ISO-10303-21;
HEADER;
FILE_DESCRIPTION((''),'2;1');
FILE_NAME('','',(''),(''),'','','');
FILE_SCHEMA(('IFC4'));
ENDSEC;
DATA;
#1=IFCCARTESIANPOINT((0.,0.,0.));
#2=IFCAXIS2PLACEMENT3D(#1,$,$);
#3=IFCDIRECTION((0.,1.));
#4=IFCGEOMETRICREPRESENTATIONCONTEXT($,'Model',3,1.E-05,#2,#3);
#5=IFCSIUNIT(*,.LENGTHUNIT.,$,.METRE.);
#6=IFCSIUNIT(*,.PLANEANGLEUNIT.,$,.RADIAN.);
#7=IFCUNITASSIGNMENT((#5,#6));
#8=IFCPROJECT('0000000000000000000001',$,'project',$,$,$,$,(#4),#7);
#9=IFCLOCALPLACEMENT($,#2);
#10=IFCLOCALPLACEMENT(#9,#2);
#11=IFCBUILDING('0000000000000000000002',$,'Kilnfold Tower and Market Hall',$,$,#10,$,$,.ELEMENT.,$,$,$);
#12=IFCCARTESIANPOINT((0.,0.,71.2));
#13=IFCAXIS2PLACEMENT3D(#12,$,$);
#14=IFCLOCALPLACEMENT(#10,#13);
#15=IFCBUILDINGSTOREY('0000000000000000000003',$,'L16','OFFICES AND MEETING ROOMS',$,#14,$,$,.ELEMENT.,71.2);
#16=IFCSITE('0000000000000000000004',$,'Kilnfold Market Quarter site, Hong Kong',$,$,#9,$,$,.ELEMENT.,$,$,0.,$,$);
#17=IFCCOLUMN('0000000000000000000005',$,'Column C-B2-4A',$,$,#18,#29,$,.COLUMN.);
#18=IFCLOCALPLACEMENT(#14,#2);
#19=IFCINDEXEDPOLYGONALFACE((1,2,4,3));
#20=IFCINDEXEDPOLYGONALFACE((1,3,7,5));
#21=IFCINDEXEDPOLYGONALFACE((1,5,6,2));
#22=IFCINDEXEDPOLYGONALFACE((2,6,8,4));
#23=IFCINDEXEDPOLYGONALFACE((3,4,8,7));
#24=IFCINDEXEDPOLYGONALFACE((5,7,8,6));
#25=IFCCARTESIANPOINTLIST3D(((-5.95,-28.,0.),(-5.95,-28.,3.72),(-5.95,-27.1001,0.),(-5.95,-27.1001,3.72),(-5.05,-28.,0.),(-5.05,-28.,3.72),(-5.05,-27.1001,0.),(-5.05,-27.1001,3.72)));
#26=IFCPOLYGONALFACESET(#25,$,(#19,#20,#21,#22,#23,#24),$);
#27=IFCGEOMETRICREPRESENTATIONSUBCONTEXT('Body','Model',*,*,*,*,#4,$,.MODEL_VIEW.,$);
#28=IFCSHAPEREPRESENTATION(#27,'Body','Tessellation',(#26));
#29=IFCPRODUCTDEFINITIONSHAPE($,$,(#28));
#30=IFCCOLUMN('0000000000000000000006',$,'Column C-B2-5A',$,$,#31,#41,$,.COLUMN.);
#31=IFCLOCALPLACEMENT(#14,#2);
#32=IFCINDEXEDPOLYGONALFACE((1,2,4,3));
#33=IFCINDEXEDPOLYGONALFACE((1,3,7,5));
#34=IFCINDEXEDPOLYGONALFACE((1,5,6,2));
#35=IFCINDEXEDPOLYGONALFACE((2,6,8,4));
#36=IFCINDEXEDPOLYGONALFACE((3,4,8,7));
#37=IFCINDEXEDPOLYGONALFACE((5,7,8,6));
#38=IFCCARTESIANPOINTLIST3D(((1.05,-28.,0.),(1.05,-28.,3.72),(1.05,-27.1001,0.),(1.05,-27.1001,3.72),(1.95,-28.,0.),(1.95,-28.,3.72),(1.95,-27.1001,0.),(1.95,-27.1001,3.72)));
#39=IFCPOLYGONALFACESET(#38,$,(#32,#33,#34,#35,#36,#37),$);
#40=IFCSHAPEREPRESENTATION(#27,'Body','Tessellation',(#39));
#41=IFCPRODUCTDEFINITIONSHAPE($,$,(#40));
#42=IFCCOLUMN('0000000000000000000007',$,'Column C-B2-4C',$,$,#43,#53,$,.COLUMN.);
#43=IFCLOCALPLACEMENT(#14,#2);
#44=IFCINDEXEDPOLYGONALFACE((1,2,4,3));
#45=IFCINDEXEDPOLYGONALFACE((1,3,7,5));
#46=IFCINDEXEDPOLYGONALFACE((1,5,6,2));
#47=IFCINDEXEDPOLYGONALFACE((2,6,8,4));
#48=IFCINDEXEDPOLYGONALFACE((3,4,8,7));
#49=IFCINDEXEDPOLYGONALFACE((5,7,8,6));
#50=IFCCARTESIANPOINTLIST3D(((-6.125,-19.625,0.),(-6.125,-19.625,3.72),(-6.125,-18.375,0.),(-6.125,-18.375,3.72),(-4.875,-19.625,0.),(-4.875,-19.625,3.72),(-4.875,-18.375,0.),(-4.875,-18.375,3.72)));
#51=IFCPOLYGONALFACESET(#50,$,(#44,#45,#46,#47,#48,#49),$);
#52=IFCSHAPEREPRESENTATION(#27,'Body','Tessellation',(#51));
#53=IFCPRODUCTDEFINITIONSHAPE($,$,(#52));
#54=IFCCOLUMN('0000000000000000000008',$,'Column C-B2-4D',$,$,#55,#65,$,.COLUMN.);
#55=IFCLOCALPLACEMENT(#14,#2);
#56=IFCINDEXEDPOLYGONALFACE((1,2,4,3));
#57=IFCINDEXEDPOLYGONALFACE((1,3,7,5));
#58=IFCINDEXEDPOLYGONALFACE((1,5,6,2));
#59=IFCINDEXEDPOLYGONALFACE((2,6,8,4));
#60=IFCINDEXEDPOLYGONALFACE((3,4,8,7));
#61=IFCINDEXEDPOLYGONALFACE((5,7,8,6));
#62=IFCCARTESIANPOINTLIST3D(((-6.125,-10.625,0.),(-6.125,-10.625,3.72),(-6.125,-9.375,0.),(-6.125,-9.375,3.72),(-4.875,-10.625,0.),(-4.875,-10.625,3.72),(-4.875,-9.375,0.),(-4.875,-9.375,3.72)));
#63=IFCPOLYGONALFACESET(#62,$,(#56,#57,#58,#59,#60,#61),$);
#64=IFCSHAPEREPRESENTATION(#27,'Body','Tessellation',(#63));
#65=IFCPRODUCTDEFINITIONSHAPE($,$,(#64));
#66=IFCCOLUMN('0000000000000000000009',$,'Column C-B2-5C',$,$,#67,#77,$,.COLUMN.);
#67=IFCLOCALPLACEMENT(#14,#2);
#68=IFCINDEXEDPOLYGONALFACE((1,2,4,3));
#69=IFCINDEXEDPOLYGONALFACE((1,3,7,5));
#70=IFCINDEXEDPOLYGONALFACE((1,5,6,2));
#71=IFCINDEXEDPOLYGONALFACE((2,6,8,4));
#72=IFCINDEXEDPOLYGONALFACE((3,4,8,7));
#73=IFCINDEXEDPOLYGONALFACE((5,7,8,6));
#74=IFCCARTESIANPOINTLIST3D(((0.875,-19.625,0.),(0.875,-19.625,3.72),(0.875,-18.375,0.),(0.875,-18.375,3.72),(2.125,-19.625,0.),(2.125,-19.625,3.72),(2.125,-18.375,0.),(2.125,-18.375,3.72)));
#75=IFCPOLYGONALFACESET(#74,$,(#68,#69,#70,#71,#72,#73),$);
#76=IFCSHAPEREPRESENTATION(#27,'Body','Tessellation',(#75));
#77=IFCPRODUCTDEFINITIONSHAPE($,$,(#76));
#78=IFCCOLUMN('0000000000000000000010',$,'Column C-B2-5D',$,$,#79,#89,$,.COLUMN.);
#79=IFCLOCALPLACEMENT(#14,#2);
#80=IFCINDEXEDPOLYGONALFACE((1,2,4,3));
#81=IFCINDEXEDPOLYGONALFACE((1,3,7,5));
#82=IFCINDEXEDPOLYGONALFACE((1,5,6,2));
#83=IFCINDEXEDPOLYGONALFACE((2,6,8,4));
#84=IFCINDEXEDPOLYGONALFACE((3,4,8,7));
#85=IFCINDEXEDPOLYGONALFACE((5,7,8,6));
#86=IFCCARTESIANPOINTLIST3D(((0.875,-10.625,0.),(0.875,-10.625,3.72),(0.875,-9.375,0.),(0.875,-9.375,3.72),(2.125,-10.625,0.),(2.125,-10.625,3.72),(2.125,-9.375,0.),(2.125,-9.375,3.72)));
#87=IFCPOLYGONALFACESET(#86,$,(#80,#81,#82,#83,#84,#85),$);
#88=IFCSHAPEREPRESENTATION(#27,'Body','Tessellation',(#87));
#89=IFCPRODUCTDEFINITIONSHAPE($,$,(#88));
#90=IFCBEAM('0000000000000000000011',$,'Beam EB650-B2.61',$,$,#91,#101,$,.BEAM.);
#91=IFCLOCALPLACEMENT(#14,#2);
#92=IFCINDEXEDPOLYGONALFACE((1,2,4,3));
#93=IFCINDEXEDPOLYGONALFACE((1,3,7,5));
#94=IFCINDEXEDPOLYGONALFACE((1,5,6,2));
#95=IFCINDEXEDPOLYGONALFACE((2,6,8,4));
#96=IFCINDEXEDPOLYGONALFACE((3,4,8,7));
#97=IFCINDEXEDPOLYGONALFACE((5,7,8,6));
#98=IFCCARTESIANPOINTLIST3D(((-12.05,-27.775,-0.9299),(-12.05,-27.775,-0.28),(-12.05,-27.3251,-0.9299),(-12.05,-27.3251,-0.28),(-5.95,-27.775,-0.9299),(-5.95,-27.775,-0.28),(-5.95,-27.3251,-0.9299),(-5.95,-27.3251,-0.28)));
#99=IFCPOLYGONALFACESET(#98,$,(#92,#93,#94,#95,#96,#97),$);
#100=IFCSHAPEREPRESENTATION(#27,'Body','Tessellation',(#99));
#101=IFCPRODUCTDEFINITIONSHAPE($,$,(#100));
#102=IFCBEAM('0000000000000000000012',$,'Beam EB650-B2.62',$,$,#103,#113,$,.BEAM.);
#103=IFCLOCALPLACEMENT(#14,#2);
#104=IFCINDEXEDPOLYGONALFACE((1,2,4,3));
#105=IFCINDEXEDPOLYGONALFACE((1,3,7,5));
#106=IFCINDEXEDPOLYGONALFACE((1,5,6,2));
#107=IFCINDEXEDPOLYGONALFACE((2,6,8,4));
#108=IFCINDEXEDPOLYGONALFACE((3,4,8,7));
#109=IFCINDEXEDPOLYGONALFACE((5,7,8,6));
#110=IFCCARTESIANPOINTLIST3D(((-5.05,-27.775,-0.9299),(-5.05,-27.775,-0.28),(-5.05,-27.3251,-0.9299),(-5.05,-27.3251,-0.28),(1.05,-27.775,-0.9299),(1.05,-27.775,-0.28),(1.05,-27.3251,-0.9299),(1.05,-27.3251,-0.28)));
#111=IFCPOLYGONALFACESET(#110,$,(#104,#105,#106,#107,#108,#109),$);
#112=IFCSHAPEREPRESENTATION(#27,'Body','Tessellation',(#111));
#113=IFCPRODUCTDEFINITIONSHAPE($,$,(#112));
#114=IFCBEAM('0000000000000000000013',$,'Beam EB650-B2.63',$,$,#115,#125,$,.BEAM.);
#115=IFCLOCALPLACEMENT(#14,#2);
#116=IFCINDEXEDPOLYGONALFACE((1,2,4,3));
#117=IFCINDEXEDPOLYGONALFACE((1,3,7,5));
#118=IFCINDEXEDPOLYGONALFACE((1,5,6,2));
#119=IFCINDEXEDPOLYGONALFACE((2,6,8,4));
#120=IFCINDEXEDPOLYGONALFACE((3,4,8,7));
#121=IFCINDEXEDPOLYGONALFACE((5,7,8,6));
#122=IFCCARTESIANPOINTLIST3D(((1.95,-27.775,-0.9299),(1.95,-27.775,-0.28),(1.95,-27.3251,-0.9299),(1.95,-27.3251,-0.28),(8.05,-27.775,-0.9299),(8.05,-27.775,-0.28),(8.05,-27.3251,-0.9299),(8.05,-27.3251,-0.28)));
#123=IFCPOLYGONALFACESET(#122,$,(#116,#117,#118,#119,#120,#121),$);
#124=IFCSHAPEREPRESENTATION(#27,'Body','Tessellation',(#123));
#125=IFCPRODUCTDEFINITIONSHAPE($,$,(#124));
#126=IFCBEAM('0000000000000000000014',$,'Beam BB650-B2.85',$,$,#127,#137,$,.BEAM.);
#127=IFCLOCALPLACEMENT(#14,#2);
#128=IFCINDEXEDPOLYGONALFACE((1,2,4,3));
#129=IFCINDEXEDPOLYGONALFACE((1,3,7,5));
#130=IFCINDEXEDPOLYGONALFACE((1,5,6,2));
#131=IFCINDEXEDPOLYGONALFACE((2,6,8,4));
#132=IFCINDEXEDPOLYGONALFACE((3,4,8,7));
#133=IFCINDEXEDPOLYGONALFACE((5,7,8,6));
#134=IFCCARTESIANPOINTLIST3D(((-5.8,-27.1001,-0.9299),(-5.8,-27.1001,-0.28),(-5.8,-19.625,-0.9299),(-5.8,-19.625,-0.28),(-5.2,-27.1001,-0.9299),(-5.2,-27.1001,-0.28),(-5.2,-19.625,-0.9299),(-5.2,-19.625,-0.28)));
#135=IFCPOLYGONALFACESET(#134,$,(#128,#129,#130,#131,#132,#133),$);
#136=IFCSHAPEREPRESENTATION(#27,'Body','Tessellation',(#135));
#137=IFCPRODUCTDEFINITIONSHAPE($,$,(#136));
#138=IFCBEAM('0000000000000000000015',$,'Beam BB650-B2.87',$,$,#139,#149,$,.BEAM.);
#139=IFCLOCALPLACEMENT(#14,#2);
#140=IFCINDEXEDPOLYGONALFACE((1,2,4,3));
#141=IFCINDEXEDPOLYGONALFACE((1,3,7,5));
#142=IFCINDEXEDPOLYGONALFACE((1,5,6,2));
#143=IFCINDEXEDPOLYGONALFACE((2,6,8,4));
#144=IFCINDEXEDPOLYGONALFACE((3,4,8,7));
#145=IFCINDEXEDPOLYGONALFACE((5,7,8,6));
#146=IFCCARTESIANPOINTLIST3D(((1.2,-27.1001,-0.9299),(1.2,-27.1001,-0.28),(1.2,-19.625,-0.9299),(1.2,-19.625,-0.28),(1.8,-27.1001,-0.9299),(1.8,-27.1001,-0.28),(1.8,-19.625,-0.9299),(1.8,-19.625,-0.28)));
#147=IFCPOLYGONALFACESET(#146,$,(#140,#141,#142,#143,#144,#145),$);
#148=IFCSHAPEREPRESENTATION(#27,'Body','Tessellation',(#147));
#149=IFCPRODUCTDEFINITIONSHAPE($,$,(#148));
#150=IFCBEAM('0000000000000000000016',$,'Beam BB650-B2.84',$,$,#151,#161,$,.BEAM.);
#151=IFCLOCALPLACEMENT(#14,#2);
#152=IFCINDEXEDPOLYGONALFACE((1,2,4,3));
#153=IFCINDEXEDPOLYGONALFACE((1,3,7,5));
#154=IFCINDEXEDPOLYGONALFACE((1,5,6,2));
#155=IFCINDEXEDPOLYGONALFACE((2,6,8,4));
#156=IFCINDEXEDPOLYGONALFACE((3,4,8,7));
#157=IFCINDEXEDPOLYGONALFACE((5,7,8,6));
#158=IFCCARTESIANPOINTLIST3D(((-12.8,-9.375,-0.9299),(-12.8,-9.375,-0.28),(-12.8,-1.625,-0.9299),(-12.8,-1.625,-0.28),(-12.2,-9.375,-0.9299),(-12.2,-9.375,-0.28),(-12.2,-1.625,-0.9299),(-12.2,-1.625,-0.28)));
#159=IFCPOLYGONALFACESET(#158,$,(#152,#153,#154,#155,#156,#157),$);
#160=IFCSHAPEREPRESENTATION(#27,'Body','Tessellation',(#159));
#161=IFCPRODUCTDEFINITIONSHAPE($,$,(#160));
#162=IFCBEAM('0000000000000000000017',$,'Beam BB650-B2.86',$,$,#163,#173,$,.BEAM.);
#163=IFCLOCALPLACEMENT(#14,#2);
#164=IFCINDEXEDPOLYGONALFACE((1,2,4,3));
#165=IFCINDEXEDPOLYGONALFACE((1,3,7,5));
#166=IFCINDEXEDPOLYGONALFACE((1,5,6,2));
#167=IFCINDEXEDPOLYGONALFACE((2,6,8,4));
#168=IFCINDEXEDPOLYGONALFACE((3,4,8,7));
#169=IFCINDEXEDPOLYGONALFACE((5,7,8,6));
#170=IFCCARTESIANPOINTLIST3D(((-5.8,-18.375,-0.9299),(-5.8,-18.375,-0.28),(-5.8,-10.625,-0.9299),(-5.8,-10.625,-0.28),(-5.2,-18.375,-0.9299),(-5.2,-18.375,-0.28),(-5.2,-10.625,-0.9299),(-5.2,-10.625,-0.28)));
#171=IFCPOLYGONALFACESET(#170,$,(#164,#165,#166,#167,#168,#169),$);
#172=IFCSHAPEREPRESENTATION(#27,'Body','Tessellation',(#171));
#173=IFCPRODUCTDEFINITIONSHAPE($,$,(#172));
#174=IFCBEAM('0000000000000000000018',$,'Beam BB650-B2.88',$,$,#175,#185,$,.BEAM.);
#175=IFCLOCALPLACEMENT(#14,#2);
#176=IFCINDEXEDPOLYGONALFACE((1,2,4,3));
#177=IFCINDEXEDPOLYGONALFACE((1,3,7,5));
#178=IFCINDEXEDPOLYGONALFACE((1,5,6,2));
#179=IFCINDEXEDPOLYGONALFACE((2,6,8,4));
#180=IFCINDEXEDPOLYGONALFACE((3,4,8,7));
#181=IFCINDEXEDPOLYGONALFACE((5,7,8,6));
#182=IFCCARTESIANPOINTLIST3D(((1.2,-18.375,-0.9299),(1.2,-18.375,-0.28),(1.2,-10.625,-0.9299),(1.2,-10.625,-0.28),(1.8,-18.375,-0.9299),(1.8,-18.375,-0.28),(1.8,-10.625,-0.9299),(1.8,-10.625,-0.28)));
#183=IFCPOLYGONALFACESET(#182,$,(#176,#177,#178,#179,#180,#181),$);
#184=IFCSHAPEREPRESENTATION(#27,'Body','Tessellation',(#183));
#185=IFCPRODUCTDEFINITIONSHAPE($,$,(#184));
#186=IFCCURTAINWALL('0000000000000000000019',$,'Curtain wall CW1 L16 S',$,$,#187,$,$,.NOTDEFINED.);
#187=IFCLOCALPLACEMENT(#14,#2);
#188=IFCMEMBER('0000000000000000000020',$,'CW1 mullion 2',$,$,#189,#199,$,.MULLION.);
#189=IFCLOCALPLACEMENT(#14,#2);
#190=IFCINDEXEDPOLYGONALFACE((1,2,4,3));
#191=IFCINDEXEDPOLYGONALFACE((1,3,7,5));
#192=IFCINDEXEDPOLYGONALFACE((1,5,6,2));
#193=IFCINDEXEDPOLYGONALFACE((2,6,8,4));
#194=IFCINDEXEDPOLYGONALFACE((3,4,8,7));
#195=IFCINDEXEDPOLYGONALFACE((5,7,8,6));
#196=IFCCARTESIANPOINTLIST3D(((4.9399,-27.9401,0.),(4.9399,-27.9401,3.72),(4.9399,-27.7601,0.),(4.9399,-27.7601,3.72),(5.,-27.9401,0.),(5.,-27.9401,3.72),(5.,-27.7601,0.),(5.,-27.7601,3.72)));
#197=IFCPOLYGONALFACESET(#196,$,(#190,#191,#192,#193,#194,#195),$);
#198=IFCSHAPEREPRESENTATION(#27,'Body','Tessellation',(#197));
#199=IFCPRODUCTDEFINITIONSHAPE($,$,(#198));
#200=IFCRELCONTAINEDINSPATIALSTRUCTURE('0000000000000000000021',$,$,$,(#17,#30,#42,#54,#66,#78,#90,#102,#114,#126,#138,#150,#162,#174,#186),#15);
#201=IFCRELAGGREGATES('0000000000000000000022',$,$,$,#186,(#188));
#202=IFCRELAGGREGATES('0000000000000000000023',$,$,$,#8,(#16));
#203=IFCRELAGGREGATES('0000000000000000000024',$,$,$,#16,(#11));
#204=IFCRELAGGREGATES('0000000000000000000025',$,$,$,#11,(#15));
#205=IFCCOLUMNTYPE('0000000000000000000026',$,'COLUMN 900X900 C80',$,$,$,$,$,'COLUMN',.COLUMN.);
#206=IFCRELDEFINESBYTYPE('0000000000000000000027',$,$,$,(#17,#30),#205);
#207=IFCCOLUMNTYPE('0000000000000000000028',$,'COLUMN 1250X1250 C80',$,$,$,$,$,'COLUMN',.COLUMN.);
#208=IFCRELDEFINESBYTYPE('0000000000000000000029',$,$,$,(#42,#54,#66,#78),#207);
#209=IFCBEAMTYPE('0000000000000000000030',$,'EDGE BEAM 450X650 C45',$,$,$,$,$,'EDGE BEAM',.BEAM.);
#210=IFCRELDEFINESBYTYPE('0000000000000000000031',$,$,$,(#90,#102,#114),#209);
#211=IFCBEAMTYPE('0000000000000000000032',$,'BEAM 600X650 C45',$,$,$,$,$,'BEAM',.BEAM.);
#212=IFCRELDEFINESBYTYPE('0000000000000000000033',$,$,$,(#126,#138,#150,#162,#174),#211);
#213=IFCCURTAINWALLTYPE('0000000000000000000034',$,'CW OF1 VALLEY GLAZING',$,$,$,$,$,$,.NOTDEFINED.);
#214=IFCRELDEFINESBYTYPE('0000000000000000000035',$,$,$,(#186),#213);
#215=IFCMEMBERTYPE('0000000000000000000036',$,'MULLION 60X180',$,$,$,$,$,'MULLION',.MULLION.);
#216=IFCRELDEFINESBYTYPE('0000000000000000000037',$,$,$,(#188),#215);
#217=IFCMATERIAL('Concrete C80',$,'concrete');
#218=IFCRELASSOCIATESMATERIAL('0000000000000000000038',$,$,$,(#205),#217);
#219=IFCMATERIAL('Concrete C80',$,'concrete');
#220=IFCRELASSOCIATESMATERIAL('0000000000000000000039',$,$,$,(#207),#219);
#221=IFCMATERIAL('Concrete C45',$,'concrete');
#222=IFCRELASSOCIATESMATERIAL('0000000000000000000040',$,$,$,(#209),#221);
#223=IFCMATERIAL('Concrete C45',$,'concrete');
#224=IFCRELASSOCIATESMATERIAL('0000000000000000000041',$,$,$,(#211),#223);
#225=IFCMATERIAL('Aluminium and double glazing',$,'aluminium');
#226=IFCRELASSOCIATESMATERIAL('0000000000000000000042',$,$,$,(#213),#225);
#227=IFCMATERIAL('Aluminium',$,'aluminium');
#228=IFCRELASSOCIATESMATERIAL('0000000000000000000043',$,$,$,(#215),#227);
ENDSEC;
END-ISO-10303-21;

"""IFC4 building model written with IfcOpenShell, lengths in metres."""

from ifc_helpers import new_model, si_unit, direction, frame, origin, origin_2d, place, context, subcontext, project, spatial, rectangle, extrude, source, transform, mapped, material, material_profile, profile_set, type_object, element, aggregate, save


model = new_model("IFC4")

# Units and contexts
model_context = context("Model", 3, precision=1e-05, world=origin(), true_north=direction((0.0, 1.0)))
body_context = subcontext(model_context, "Body", "Model", "MODEL_VIEW")
ifc_project = project(units=[si_unit("LENGTHUNIT", "METRE"), si_unit("PLANEANGLEUNIT", "RADIAN")], contexts=[model_context])

# Site, building, storey
site_placement = place(None, origin())
site = spatial("IfcSite", under=ifc_project, at=site_placement, Name="Kilnfold Market Quarter site, Hong Kong", CompositionType="ELEMENT", RefElevation=0.0)
building_placement = place(site_placement, origin())
building = spatial("IfcBuilding", under=site, at=building_placement, Name="Kilnfold Tower and Market Hall", CompositionType="ELEMENT")
storey_placement = place(building_placement, frame((0.0, 0.0, 71.2)))
storey = spatial("IfcBuildingStorey", under=building, at=storey_placement, Name="L16", Description="OFFICES AND MEETING ROOMS", CompositionType="ELEMENT", Elevation=71.2)

# Columns
ifc_material_1 = material(Name="Concrete C80", Category="concrete")
ifc_material_profile_1 = material_profile(ifc_material_1, rectangle(XDim=0.8999, YDim=0.8999, at=origin_2d()), Name="RC 900x900")
ifc_profile_set_1 = profile_set([ifc_material_profile_1], Name="Concrete C80")
column_type_1 = type_object("IfcColumnType", Name="COLUMN 900X900 C80", ElementType="COLUMN", PredefinedType="COLUMN", material=ifc_profile_set_1)
shared_shape_1 = source(origin(), body_context, "Body", "SweptSolid", [
    extrude(rectangle(XDim=0.8999, YDim=0.8999, at=origin_2d()), origin(), (0.0, 0.0, 1.0), 3.72),
])
for number, where, z_axis, x_axis, name in (
    (1, (-5.5, -27.55, 0.0), (0.0, 0.0, 1.0), (1.0, 0.0, 0.0), "Column C-B2-4A"),
    (2, (1.5, -27.55, 0.0), (0.0, 0.0, 1.0), (1.0, 0.0, 0.0), "Column C-B2-5A"),
):
    element("IfcColumn", number, at=place(storey_placement, frame(where, z_axis=z_axis, x_axis=x_axis)), inside=storey, type_object=column_type_1, Name=name, PredefinedType="COLUMN", context=body_context, shape_type="MappedRepresentation", body=[
        mapped(shared_shape_1, transform((0.0, 0.0, 0.0))),
    ])
ifc_material_2 = material(Name="Concrete C80", Category="concrete")
ifc_material_profile_2 = material_profile(ifc_material_2, rectangle(XDim=1.25, YDim=1.25, at=origin_2d()), Name="RC 1250x1250")
ifc_profile_set_2 = profile_set([ifc_material_profile_2], Name="Concrete C80")
column_type_2 = type_object("IfcColumnType", Name="COLUMN 1250X1250 C80", ElementType="COLUMN", PredefinedType="COLUMN", material=ifc_profile_set_2)
shared_shape_2 = source(origin(), body_context, "Body", "SweptSolid", [
    extrude(rectangle(XDim=1.25, YDim=1.25, at=origin_2d()), origin(), (0.0, 0.0, 1.0), 3.72),
])
for number, where, z_axis, x_axis, name in (
    (3, (-5.5, -19.0, 0.0), (0.0, 0.0, 1.0), (1.0, 0.0, 0.0), "Column C-B2-4C"),
    (4, (-5.5, -10.0, 0.0), (0.0, 0.0, 1.0), (1.0, 0.0, 0.0), "Column C-B2-4D"),
    (5, (1.5, -19.0, 0.0), (0.0, 0.0, 1.0), (1.0, 0.0, 0.0), "Column C-B2-5C"),
    (6, (1.5, -10.0, 0.0), (0.0, 0.0, 1.0), (1.0, 0.0, 0.0), "Column C-B2-5D"),
):
    element("IfcColumn", number, at=place(storey_placement, frame(where, z_axis=z_axis, x_axis=x_axis)), inside=storey, type_object=column_type_2, Name=name, PredefinedType="COLUMN", context=body_context, shape_type="MappedRepresentation", body=[
        mapped(shared_shape_2, transform((0.0, 0.0, 0.0))),
    ])

# Beams
ifc_material_3 = material(Name="Concrete C45", Category="concrete")
ifc_material_profile_3 = material_profile(ifc_material_3, rectangle(XDim=0.45, YDim=0.6499, at=origin_2d()), Name="RC 450x650")
ifc_profile_set_3 = profile_set([ifc_material_profile_3], Name="Concrete C45")
beam_type_1 = type_object("IfcBeamType", Name="EDGE BEAM 450X650 C45", ElementType="EDGE BEAM", PredefinedType="BEAM", material=ifc_profile_set_3)
shared_shape_3 = source(origin(), body_context, "Body", "SweptSolid", [
    extrude(rectangle(XDim=0.45, YDim=0.6499, at=origin_2d()), origin(), (0.0, 0.0, 1.0), 6.1001),
])
for number, where, z_axis, x_axis, name in (
    (7, (-12.05, -27.55, -0.605), (1.0, 0.0, 0.0), (0.0, 1.0, 0.0), "Beam EB650-B2.61"),
    (8, (-5.05, -27.55, -0.605), (1.0, 0.0, 0.0), (0.0, 1.0, 0.0), "Beam EB650-B2.62"),
    (9, (1.95, -27.55, -0.605), (1.0, 0.0, 0.0), (0.0, 1.0, 0.0), "Beam EB650-B2.63"),
):
    element("IfcBeam", number, at=place(storey_placement, frame(where, z_axis=z_axis, x_axis=x_axis)), inside=storey, type_object=beam_type_1, Name=name, PredefinedType="BEAM", context=body_context, shape_type="MappedRepresentation", body=[
        mapped(shared_shape_3, transform((0.0, 0.0, 0.0))),
    ])
ifc_material_4 = material(Name="Concrete C45", Category="concrete")
ifc_material_profile_4 = material_profile(ifc_material_4, rectangle(XDim=0.6001, YDim=0.6499, at=origin_2d()), Name="RC 600x650")
ifc_profile_set_4 = profile_set([ifc_material_profile_4], Name="Concrete C45")
beam_type_2 = type_object("IfcBeamType", Name="BEAM 600X650 C45", ElementType="BEAM", PredefinedType="BEAM", material=ifc_profile_set_4)
shared_shape_4 = source(origin(), body_context, "Body", "SweptSolid", [
    extrude(rectangle(XDim=0.6001, YDim=0.6499, at=origin_2d()), origin(), (0.0, 0.0, 1.0), 7.4751),
])
for number, where, z_axis, x_axis, name in (
    (10, (-5.5, -27.1001, -0.605), (0.0, 1.0, 0.0), (-1.0, 0.0, 0.0), "Beam BB650-B2.85"),
    (11, (1.5, -27.1001, -0.605), (0.0, 1.0, 0.0), (-1.0, 0.0, 0.0), "Beam BB650-B2.87"),
):
    element("IfcBeam", number, at=place(storey_placement, frame(where, z_axis=z_axis, x_axis=x_axis)), inside=storey, type_object=beam_type_2, Name=name, PredefinedType="BEAM", context=body_context, shape_type="MappedRepresentation", body=[
        mapped(shared_shape_4, transform((0.0, 0.0, 0.0))),
    ])
shared_shape_5 = source(origin(), body_context, "Body", "SweptSolid", [
    extrude(rectangle(XDim=0.6001, YDim=0.6499, at=origin_2d()), origin(), (0.0, 0.0, 1.0), 7.75),
])
for number, where, z_axis, x_axis, name in (
    (12, (-12.5, -9.375, -0.605), (0.0, 1.0, 0.0), (-1.0, 0.0, 0.0), "Beam BB650-B2.84"),
    (13, (-5.5, -18.375, -0.605), (0.0, 1.0, 0.0), (-1.0, 0.0, 0.0), "Beam BB650-B2.86"),
    (14, (1.5, -18.375, -0.605), (0.0, 1.0, 0.0), (-1.0, 0.0, 0.0), "Beam BB650-B2.88"),
):
    element("IfcBeam", number, at=place(storey_placement, frame(where, z_axis=z_axis, x_axis=x_axis)), inside=storey, type_object=beam_type_2, Name=name, PredefinedType="BEAM", context=body_context, shape_type="MappedRepresentation", body=[
        mapped(shared_shape_5, transform((0.0, 0.0, 0.0))),
    ])

# Curtain wall, member
ifc_material_5 = material(Name="Aluminium and double glazing", Category="aluminium")
curtain_wall_type = type_object("IfcCurtainWallType", Name="CW OF1 VALLEY GLAZING", PredefinedType="NOTDEFINED", material=ifc_material_5)
curtain_wall_1_placement = place(storey_placement, origin())
curtain_wall_1 = element("IfcCurtainWall", 15, at=curtain_wall_1_placement, inside=storey, type_object=curtain_wall_type, Name="Curtain wall CW1 L16 S", PredefinedType="NOTDEFINED")
ifc_material_6 = material(Name="Aluminium", Category="aluminium")
ifc_material_profile_5 = material_profile(ifc_material_6, rectangle(XDim=0.0601, YDim=0.1799, at=origin_2d()), Name="MULLION 60x180")
ifc_profile_set_5 = profile_set([ifc_material_profile_5], Name="Aluminium")
member_type_1 = type_object("IfcMemberType", Name="MULLION 60X180", ElementType="MULLION", PredefinedType="MULLION", material=ifc_profile_set_5)
shared_shape_6 = source(origin(), body_context, "Body", "SweptSolid", [
    extrude(rectangle(XDim=0.0601, YDim=0.1799, at=origin_2d()), origin(), (0.0, 0.0, 1.0), 3.72),
])
member_1_placement = place(storey_placement, frame((4.97, -27.8501, 0.0), z_axis=(0.0, 0.0, 1.0), x_axis=(1.0, 0.0, 0.0)))
member_1 = element("IfcMember", 16, at=member_1_placement, type_object=member_type_1, Name="CW1 mullion 2", PredefinedType="MULLION", context=body_context, shape_type="MappedRepresentation", body=[
    mapped(shared_shape_6, transform((0.0, 0.0, 0.0))),
])

aggregate(curtain_wall_1, [member_1])

save(model, "model.ifc")
